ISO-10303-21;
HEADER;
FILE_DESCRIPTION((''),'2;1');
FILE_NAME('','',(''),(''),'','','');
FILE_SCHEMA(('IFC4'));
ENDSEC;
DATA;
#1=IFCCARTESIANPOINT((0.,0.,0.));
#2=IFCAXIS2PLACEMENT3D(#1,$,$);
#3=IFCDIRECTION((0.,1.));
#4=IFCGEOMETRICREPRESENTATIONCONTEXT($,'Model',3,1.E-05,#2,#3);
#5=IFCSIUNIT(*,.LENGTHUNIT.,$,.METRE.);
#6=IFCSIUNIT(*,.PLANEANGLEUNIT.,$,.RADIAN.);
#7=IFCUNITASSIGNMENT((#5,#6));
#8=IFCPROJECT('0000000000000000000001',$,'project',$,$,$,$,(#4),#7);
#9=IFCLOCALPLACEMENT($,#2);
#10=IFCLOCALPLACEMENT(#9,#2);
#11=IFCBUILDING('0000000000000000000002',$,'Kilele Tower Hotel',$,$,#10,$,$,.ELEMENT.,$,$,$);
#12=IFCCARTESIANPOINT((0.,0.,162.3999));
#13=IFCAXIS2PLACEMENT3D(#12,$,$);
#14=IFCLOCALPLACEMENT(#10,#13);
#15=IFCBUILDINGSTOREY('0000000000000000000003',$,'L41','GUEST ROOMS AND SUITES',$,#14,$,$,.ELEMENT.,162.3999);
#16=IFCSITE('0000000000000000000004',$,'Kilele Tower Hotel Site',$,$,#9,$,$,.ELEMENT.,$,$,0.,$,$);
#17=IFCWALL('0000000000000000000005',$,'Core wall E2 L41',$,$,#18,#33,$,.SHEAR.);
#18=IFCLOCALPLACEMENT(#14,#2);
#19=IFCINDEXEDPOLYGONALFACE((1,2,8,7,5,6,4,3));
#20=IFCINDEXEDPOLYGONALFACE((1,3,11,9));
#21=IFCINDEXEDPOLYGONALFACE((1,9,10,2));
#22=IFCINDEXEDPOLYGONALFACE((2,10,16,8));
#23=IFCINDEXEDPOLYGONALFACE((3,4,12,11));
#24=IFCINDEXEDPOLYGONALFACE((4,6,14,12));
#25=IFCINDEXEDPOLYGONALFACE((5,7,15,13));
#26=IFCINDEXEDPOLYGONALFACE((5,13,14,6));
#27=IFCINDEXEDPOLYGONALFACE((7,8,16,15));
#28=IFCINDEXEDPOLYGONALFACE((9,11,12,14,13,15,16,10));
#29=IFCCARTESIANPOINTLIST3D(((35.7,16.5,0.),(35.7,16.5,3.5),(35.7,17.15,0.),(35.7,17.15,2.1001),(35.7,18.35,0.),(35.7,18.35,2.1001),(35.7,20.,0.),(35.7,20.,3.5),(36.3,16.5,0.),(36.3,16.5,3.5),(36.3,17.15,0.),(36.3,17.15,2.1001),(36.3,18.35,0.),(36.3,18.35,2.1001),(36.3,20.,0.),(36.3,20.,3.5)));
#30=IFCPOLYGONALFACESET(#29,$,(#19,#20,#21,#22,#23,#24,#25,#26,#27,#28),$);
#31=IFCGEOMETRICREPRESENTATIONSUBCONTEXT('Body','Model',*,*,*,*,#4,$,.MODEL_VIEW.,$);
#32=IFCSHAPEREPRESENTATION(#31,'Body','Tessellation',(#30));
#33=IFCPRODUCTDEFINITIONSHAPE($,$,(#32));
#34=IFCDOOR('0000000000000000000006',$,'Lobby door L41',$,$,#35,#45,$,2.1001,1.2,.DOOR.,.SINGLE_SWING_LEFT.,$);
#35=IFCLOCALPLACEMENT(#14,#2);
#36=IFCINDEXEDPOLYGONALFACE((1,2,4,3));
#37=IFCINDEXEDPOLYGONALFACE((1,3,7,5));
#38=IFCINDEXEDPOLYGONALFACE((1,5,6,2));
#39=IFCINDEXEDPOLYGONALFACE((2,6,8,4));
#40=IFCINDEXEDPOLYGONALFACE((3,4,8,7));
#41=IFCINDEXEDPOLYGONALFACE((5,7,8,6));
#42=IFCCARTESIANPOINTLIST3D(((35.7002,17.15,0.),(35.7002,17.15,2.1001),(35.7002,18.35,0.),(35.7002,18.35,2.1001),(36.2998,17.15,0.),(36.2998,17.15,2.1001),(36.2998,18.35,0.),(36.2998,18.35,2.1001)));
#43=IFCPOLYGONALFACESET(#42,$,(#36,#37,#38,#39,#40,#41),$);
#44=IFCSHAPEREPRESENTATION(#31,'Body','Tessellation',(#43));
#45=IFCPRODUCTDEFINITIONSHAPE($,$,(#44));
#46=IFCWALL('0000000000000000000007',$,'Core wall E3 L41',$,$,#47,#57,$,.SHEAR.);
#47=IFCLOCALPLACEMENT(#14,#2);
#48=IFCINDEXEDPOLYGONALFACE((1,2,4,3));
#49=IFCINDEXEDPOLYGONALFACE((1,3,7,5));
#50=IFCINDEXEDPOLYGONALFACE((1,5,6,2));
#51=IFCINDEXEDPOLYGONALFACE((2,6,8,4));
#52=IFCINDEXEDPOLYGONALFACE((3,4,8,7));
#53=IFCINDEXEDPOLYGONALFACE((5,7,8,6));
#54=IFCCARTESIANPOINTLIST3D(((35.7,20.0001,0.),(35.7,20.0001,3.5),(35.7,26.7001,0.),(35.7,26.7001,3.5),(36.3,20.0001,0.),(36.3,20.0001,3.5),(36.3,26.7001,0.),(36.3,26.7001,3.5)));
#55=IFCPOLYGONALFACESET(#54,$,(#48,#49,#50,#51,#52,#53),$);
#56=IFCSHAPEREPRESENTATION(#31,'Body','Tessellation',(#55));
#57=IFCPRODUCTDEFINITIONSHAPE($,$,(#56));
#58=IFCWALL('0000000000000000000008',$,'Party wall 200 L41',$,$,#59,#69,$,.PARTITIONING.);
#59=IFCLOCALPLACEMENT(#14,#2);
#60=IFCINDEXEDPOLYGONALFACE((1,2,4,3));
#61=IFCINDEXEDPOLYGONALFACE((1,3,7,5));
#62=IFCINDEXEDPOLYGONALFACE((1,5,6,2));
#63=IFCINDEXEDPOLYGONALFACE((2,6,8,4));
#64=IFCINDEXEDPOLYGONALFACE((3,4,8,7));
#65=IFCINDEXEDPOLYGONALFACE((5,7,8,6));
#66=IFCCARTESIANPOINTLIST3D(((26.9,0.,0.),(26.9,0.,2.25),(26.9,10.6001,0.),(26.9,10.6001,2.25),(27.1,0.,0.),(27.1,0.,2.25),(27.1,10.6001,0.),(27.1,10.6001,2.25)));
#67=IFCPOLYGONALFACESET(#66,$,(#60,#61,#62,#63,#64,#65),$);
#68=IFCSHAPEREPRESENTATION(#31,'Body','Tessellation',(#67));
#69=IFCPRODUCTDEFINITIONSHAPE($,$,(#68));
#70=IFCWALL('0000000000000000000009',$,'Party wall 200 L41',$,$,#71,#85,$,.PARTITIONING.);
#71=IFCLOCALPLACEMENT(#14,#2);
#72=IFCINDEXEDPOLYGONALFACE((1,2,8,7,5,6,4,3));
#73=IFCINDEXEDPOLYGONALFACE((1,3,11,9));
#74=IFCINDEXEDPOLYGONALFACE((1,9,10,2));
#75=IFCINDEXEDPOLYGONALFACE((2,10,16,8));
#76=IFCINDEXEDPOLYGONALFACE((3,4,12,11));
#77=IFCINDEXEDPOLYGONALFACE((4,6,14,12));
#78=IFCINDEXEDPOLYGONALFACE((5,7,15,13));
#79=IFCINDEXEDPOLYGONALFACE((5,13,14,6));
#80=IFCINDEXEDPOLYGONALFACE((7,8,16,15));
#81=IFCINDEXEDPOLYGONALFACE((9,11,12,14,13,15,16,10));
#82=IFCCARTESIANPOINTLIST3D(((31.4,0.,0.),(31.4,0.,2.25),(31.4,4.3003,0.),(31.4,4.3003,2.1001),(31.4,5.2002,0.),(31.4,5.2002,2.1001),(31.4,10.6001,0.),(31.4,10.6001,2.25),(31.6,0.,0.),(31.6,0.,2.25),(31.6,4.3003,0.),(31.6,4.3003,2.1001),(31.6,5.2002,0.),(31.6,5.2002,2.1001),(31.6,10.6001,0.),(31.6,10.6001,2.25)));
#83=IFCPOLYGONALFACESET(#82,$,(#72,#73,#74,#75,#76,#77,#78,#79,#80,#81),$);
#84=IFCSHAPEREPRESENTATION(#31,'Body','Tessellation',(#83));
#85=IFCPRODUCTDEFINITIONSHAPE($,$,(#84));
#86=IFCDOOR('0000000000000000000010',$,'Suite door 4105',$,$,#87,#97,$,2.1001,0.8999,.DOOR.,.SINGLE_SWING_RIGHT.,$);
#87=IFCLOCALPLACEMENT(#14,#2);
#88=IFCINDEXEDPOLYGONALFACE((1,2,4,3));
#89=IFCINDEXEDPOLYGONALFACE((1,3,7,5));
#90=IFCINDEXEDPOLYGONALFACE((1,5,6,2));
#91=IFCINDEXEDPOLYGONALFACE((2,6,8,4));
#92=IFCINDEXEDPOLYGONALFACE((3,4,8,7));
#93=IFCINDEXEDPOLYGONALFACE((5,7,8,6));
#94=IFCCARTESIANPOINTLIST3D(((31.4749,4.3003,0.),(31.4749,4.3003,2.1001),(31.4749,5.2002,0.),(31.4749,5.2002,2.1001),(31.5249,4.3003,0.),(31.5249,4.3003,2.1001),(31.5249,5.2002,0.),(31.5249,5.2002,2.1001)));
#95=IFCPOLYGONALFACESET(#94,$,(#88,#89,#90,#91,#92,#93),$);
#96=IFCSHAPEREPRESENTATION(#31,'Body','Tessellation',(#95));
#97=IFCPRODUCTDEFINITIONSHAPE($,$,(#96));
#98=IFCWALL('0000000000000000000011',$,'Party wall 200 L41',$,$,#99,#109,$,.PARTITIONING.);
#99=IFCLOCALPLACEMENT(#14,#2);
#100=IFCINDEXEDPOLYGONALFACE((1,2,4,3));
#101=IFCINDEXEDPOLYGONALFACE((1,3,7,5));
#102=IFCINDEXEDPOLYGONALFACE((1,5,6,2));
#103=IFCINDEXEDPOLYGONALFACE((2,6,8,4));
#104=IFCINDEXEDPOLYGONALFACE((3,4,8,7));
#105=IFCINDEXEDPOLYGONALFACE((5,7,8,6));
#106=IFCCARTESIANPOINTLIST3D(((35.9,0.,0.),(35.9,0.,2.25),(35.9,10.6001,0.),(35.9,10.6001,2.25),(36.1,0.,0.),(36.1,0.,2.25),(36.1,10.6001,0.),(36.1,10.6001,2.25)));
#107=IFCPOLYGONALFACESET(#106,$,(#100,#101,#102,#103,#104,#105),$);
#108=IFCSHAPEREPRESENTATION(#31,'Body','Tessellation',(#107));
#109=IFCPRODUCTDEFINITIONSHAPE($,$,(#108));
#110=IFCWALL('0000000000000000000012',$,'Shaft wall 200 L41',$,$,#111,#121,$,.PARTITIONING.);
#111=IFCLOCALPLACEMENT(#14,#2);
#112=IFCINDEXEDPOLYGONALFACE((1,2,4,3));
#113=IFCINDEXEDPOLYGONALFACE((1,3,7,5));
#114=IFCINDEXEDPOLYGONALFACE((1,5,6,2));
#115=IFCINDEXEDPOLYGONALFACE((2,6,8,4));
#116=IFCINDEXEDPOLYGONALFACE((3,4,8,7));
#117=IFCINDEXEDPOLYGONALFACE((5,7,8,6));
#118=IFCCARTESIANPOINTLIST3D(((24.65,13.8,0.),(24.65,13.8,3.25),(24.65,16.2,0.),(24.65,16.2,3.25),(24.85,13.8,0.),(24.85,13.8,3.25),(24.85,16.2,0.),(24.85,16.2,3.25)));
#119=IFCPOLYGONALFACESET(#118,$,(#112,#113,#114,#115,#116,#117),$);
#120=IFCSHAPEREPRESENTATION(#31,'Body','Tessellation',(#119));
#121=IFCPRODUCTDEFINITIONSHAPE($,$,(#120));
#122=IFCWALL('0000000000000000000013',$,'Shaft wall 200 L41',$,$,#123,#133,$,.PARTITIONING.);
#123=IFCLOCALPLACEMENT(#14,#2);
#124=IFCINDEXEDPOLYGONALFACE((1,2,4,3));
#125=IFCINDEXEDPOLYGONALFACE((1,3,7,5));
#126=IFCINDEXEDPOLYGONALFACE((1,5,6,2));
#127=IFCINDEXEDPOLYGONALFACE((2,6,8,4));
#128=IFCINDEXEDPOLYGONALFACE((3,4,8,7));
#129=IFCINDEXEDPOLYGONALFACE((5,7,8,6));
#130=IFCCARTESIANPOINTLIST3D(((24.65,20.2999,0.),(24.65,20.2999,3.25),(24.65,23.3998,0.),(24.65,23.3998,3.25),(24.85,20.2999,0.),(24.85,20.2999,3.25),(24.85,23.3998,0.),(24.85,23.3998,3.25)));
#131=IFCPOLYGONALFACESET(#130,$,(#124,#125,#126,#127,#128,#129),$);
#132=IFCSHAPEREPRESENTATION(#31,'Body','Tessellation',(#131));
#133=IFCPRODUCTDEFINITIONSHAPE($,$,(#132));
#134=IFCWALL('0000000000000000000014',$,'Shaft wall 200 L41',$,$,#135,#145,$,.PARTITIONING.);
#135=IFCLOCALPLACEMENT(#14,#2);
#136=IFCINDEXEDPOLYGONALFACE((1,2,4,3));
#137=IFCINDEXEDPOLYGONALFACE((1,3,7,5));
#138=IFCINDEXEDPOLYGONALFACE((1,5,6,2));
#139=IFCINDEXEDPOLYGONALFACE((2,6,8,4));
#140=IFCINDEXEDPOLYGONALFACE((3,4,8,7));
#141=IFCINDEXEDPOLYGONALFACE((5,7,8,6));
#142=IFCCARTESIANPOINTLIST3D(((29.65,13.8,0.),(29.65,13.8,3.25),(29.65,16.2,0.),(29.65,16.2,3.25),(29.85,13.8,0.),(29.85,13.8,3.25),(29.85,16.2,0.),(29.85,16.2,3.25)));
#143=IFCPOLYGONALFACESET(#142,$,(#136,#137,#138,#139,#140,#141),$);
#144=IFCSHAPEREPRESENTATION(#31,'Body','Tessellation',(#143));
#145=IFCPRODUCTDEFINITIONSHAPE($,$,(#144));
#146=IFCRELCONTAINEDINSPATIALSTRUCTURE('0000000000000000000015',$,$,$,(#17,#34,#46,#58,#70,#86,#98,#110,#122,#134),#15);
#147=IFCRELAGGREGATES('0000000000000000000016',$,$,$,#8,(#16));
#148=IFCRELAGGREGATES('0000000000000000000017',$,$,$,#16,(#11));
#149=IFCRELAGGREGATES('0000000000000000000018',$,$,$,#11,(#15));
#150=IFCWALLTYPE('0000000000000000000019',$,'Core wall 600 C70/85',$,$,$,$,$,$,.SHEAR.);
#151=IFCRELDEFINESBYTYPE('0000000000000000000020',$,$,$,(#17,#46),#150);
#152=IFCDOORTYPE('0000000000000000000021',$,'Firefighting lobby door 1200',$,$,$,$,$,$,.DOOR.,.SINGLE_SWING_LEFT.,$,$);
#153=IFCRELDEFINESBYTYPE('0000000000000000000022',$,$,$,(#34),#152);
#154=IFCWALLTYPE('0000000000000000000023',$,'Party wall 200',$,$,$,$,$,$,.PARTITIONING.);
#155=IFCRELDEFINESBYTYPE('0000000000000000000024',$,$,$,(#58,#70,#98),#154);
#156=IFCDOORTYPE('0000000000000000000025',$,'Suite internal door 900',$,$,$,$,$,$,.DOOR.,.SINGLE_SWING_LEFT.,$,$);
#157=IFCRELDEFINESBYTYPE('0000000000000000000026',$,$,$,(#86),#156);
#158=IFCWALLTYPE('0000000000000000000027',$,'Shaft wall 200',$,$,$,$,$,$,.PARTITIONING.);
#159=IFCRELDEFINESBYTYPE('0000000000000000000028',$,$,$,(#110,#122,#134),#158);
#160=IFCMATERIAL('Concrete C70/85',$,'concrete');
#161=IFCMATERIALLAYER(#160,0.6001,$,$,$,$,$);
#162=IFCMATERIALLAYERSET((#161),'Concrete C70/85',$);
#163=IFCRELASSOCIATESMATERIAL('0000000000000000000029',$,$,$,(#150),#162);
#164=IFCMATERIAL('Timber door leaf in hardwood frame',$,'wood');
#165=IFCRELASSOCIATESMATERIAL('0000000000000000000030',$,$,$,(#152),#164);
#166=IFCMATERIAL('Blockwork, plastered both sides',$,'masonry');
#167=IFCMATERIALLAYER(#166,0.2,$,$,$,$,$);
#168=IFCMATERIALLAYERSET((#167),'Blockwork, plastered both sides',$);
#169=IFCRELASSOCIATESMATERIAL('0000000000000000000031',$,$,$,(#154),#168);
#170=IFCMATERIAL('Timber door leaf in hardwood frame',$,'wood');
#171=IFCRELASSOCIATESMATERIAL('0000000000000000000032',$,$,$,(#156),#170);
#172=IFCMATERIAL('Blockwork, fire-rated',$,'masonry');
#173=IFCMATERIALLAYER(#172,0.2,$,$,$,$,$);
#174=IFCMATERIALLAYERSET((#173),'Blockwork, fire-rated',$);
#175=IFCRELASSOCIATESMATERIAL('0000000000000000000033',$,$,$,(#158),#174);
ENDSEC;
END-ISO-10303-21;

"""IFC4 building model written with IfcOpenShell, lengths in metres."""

from ifc_helpers import new_model, si_unit, direction, frame, frame_2d, origin, place, context, subcontext, project, spatial, rectangle, extrude, material, layer, layer_set, type_object, element, fill, save


model = new_model("IFC4")

# Units and contexts
model_context = context("Model", 3, precision=1e-05, world=origin(), true_north=direction((0.0, 1.0)))
body_context = subcontext(model_context, "Body", "Model", "MODEL_VIEW")
ifc_project = project(units=[si_unit("LENGTHUNIT", "METRE"), si_unit("PLANEANGLEUNIT", "RADIAN")], contexts=[model_context])

# Site, building, storey
site_placement = place(None, origin())
site = spatial("IfcSite", under=ifc_project, at=site_placement, Name="Kilele Tower Hotel Site", CompositionType="ELEMENT", RefElevation=0.0)
building_placement = place(site_placement, origin())
building = spatial("IfcBuilding", under=site, at=building_placement, Name="Kilele Tower Hotel", CompositionType="ELEMENT")
storey_placement = place(building_placement, frame((0.0, 0.0, 162.3999)))
storey = spatial("IfcBuildingStorey", under=building, at=storey_placement, Name="L41", Description="GUEST ROOMS AND SUITES", CompositionType="ELEMENT", Elevation=162.3999)

# Shared definitions
ifc_material_1 = material(Name="Concrete C70/85", Category="concrete")
ifc_layer_1 = layer(ifc_material_1, 0.6001)
ifc_layer_set_1 = layer_set([ifc_layer_1], Name="Concrete C70/85")
wall_type_1 = type_object("IfcWallType", Name="Core wall 600 C70/85", PredefinedType="SHEAR", material=ifc_layer_set_1)
ifc_material_2 = material(Name="Timber door leaf in hardwood frame", Category="wood")
door_type_1 = type_object("IfcDoorType", Name="Firefighting lobby door 1200", OperationType="SINGLE_SWING_LEFT", PredefinedType="DOOR", material=ifc_material_2)

# Wall, opening, door
wall_1_placement = place(storey_placement, frame((36.0, 16.5, 0.0), z_axis=(0.0, 0.0, 1.0), x_axis=(0.0, 1.0, 0.0)))
wall_1 = element("IfcWall", 1, at=wall_1_placement, inside=storey, type_object=wall_type_1, Name="Core wall E2 L41", PredefinedType="SHEAR", context=body_context, shape_type="SweptSolid", body=[
    extrude(rectangle(XDim=3.5, YDim=0.6001, at=frame_2d((1.75, 0.0))), origin(), (0.0, 0.0, 1.0), 3.5),
])
opening_1_placement = place(wall_1_placement, frame((0.6499, 0.0, 0.0)))
opening_1 = element("IfcOpeningElement", 2, at=opening_1_placement, cuts=wall_1, PredefinedType="OPENING", context=body_context, shape_type="SweptSolid", body=[
    extrude(rectangle(XDim=1.2, YDim=2.1001, at=frame_2d((0.6001, 1.05))), frame((0.0, 0.3101, 0.0), z_axis=(0.0, -1.0, 0.0), x_axis=(1.0, 0.0, 0.0)), (0.0, 0.0, 1.0), 0.6201),
])
door_1_placement = place(opening_1_placement, origin())
door_1 = element("IfcDoor", 3, at=door_1_placement, inside=storey, type_object=door_type_1, Name="Lobby door L41", OperationType="SINGLE_SWING_LEFT", OverallHeight=2.1001, OverallWidth=1.2, PredefinedType="DOOR", context=body_context, shape_type="SweptSolid", body=[
    extrude(rectangle(XDim=1.2, YDim=2.1001, at=frame_2d((0.6001, 1.05))), frame((0.0, 0.2998, 0.0), z_axis=(0.0, -1.0, 0.0), x_axis=(1.0, 0.0, 0.0)), (0.0, 0.0, 1.0), 0.5996),
])
fill(opening_1, door_1)

# Walls
wall_2_placement = place(storey_placement, frame((36.0, 20.0, 0.0), z_axis=(0.0, 0.0, 1.0), x_axis=(0.0, 1.0, 0.0)))
element("IfcWall", 4, at=wall_2_placement, inside=storey, type_object=wall_type_1, Name="Core wall E3 L41", PredefinedType="SHEAR", context=body_context, shape_type="SweptSolid", body=[
    extrude(rectangle(XDim=6.7, YDim=0.6001, at=frame_2d((3.3501, 0.0))), origin(), (0.0, 0.0, 1.0), 3.5),
])
ifc_material_3 = material(Name="Blockwork, plastered both sides", Category="masonry")
ifc_layer_2 = layer(ifc_material_3, 0.2)
ifc_layer_set_2 = layer_set([ifc_layer_2], Name="Blockwork, plastered both sides")
wall_type_2 = type_object("IfcWallType", Name="Party wall 200", PredefinedType="PARTITIONING", material=ifc_layer_set_2)
wall_3_placement = place(storey_placement, frame((27.0, 10.6001, 0.0), z_axis=(0.0, 0.0, 1.0), x_axis=(0.0, -1.0, 0.0)))
element("IfcWall", 5, at=wall_3_placement, inside=storey, type_object=wall_type_2, Name="Party wall 200 L41", PredefinedType="PARTITIONING", context=body_context, shape_type="SweptSolid", body=[
    extrude(rectangle(XDim=10.6001, YDim=0.2, at=frame_2d((5.3, 0.0))), origin(), (0.0, 0.0, 1.0), 2.25),
])

# Wall, opening, door
wall_4_placement = place(storey_placement, frame((31.5, 10.6001, 0.0), z_axis=(0.0, 0.0, 1.0), x_axis=(0.0, -1.0, 0.0)))
wall_4 = element("IfcWall", 6, at=wall_4_placement, inside=storey, type_object=wall_type_2, Name="Party wall 200 L41", PredefinedType="PARTITIONING", context=body_context, shape_type="SweptSolid", body=[
    extrude(rectangle(XDim=10.6001, YDim=0.2, at=frame_2d((5.3, 0.0))), origin(), (0.0, 0.0, 1.0), 2.25),
])
opening_2_placement = place(wall_4_placement, frame((5.3999, 0.0, 0.0)))
opening_2 = element("IfcOpeningElement", 7, at=opening_2_placement, cuts=wall_4, PredefinedType="OPENING", context=body_context, shape_type="SweptSolid", body=[
    extrude(rectangle(XDim=0.8999, YDim=2.1001, at=frame_2d((0.45, 1.05))), frame((0.0, 0.1099, 0.0), z_axis=(0.0, -1.0, 0.0), x_axis=(1.0, 0.0, 0.0)), (0.0, 0.0, 1.0), 0.22),
])
ifc_material_4 = material(Name="Timber door leaf in hardwood frame", Category="wood")
door_type_2 = type_object("IfcDoorType", Name="Suite internal door 900", OperationType="SINGLE_SWING_LEFT", PredefinedType="DOOR", material=ifc_material_4)
door_2_placement = place(opening_2_placement, origin())
door_2 = element("IfcDoor", 8, at=door_2_placement, inside=storey, type_object=door_type_2, Name="Suite door 4105", OperationType="SINGLE_SWING_RIGHT", OverallHeight=2.1001, OverallWidth=0.8999, PredefinedType="DOOR", context=body_context, shape_type="SweptSolid", body=[
    extrude(rectangle(XDim=0.8999, YDim=2.1001, at=frame_2d((0.45, 1.05))), frame((0.0, 0.0249, 0.0), z_axis=(0.0, -1.0, 0.0), x_axis=(1.0, 0.0, 0.0)), (0.0, 0.0, 1.0), 0.05),
])
fill(opening_2, door_2)

# Walls
wall_5_placement = place(storey_placement, frame((36.0, 10.6001, 0.0), z_axis=(0.0, 0.0, 1.0), x_axis=(0.0, -1.0, 0.0)))
element("IfcWall", 9, at=wall_5_placement, inside=storey, type_object=wall_type_2, Name="Party wall 200 L41", PredefinedType="PARTITIONING", context=body_context, shape_type="SweptSolid", body=[
    extrude(rectangle(XDim=10.6001, YDim=0.2, at=frame_2d((5.3, 0.0))), origin(), (0.0, 0.0, 1.0), 2.25),
])
ifc_material_5 = material(Name="Blockwork, fire-rated", Category="masonry")
ifc_layer_3 = layer(ifc_material_5, 0.2)
ifc_layer_set_3 = layer_set([ifc_layer_3], Name="Blockwork, fire-rated")
wall_type_3 = type_object("IfcWallType", Name="Shaft wall 200", PredefinedType="PARTITIONING", material=ifc_layer_set_3)
wall_6_placement = place(storey_placement, frame((24.75, 13.8, 0.0), z_axis=(0.0, 0.0, 1.0), x_axis=(0.0, 1.0, 0.0)))
element("IfcWall", 10, at=wall_6_placement, inside=storey, type_object=wall_type_3, Name="Shaft wall 200 L41", PredefinedType="PARTITIONING", context=body_context, shape_type="SweptSolid", body=[
    extrude(rectangle(XDim=2.3999, YDim=0.2, at=frame_2d((1.2, 0.0))), origin(), (0.0, 0.0, 1.0), 3.25),
])
wall_7_placement = place(storey_placement, frame((24.75, 20.3, 0.0), z_axis=(0.0, 0.0, 1.0), x_axis=(0.0, 1.0, 0.0)))
element("IfcWall", 11, at=wall_7_placement, inside=storey, type_object=wall_type_3, Name="Shaft wall 200 L41", PredefinedType="PARTITIONING", context=body_context, shape_type="SweptSolid", body=[
    extrude(rectangle(XDim=3.0999, YDim=0.2, at=frame_2d((1.5498, 0.0))), origin(), (0.0, 0.0, 1.0), 3.25),
])
wall_8_placement = place(storey_placement, frame((29.75, 13.8, 0.0), z_axis=(0.0, 0.0, 1.0), x_axis=(0.0, 1.0, 0.0)))
element("IfcWall", 12, at=wall_8_placement, inside=storey, type_object=wall_type_3, Name="Shaft wall 200 L41", PredefinedType="PARTITIONING", context=body_context, shape_type="SweptSolid", body=[
    extrude(rectangle(XDim=2.3999, YDim=0.2, at=frame_2d((1.2, 0.0))), origin(), (0.0, 0.0, 1.0), 3.25),
])

save(model, "model.ifc")
